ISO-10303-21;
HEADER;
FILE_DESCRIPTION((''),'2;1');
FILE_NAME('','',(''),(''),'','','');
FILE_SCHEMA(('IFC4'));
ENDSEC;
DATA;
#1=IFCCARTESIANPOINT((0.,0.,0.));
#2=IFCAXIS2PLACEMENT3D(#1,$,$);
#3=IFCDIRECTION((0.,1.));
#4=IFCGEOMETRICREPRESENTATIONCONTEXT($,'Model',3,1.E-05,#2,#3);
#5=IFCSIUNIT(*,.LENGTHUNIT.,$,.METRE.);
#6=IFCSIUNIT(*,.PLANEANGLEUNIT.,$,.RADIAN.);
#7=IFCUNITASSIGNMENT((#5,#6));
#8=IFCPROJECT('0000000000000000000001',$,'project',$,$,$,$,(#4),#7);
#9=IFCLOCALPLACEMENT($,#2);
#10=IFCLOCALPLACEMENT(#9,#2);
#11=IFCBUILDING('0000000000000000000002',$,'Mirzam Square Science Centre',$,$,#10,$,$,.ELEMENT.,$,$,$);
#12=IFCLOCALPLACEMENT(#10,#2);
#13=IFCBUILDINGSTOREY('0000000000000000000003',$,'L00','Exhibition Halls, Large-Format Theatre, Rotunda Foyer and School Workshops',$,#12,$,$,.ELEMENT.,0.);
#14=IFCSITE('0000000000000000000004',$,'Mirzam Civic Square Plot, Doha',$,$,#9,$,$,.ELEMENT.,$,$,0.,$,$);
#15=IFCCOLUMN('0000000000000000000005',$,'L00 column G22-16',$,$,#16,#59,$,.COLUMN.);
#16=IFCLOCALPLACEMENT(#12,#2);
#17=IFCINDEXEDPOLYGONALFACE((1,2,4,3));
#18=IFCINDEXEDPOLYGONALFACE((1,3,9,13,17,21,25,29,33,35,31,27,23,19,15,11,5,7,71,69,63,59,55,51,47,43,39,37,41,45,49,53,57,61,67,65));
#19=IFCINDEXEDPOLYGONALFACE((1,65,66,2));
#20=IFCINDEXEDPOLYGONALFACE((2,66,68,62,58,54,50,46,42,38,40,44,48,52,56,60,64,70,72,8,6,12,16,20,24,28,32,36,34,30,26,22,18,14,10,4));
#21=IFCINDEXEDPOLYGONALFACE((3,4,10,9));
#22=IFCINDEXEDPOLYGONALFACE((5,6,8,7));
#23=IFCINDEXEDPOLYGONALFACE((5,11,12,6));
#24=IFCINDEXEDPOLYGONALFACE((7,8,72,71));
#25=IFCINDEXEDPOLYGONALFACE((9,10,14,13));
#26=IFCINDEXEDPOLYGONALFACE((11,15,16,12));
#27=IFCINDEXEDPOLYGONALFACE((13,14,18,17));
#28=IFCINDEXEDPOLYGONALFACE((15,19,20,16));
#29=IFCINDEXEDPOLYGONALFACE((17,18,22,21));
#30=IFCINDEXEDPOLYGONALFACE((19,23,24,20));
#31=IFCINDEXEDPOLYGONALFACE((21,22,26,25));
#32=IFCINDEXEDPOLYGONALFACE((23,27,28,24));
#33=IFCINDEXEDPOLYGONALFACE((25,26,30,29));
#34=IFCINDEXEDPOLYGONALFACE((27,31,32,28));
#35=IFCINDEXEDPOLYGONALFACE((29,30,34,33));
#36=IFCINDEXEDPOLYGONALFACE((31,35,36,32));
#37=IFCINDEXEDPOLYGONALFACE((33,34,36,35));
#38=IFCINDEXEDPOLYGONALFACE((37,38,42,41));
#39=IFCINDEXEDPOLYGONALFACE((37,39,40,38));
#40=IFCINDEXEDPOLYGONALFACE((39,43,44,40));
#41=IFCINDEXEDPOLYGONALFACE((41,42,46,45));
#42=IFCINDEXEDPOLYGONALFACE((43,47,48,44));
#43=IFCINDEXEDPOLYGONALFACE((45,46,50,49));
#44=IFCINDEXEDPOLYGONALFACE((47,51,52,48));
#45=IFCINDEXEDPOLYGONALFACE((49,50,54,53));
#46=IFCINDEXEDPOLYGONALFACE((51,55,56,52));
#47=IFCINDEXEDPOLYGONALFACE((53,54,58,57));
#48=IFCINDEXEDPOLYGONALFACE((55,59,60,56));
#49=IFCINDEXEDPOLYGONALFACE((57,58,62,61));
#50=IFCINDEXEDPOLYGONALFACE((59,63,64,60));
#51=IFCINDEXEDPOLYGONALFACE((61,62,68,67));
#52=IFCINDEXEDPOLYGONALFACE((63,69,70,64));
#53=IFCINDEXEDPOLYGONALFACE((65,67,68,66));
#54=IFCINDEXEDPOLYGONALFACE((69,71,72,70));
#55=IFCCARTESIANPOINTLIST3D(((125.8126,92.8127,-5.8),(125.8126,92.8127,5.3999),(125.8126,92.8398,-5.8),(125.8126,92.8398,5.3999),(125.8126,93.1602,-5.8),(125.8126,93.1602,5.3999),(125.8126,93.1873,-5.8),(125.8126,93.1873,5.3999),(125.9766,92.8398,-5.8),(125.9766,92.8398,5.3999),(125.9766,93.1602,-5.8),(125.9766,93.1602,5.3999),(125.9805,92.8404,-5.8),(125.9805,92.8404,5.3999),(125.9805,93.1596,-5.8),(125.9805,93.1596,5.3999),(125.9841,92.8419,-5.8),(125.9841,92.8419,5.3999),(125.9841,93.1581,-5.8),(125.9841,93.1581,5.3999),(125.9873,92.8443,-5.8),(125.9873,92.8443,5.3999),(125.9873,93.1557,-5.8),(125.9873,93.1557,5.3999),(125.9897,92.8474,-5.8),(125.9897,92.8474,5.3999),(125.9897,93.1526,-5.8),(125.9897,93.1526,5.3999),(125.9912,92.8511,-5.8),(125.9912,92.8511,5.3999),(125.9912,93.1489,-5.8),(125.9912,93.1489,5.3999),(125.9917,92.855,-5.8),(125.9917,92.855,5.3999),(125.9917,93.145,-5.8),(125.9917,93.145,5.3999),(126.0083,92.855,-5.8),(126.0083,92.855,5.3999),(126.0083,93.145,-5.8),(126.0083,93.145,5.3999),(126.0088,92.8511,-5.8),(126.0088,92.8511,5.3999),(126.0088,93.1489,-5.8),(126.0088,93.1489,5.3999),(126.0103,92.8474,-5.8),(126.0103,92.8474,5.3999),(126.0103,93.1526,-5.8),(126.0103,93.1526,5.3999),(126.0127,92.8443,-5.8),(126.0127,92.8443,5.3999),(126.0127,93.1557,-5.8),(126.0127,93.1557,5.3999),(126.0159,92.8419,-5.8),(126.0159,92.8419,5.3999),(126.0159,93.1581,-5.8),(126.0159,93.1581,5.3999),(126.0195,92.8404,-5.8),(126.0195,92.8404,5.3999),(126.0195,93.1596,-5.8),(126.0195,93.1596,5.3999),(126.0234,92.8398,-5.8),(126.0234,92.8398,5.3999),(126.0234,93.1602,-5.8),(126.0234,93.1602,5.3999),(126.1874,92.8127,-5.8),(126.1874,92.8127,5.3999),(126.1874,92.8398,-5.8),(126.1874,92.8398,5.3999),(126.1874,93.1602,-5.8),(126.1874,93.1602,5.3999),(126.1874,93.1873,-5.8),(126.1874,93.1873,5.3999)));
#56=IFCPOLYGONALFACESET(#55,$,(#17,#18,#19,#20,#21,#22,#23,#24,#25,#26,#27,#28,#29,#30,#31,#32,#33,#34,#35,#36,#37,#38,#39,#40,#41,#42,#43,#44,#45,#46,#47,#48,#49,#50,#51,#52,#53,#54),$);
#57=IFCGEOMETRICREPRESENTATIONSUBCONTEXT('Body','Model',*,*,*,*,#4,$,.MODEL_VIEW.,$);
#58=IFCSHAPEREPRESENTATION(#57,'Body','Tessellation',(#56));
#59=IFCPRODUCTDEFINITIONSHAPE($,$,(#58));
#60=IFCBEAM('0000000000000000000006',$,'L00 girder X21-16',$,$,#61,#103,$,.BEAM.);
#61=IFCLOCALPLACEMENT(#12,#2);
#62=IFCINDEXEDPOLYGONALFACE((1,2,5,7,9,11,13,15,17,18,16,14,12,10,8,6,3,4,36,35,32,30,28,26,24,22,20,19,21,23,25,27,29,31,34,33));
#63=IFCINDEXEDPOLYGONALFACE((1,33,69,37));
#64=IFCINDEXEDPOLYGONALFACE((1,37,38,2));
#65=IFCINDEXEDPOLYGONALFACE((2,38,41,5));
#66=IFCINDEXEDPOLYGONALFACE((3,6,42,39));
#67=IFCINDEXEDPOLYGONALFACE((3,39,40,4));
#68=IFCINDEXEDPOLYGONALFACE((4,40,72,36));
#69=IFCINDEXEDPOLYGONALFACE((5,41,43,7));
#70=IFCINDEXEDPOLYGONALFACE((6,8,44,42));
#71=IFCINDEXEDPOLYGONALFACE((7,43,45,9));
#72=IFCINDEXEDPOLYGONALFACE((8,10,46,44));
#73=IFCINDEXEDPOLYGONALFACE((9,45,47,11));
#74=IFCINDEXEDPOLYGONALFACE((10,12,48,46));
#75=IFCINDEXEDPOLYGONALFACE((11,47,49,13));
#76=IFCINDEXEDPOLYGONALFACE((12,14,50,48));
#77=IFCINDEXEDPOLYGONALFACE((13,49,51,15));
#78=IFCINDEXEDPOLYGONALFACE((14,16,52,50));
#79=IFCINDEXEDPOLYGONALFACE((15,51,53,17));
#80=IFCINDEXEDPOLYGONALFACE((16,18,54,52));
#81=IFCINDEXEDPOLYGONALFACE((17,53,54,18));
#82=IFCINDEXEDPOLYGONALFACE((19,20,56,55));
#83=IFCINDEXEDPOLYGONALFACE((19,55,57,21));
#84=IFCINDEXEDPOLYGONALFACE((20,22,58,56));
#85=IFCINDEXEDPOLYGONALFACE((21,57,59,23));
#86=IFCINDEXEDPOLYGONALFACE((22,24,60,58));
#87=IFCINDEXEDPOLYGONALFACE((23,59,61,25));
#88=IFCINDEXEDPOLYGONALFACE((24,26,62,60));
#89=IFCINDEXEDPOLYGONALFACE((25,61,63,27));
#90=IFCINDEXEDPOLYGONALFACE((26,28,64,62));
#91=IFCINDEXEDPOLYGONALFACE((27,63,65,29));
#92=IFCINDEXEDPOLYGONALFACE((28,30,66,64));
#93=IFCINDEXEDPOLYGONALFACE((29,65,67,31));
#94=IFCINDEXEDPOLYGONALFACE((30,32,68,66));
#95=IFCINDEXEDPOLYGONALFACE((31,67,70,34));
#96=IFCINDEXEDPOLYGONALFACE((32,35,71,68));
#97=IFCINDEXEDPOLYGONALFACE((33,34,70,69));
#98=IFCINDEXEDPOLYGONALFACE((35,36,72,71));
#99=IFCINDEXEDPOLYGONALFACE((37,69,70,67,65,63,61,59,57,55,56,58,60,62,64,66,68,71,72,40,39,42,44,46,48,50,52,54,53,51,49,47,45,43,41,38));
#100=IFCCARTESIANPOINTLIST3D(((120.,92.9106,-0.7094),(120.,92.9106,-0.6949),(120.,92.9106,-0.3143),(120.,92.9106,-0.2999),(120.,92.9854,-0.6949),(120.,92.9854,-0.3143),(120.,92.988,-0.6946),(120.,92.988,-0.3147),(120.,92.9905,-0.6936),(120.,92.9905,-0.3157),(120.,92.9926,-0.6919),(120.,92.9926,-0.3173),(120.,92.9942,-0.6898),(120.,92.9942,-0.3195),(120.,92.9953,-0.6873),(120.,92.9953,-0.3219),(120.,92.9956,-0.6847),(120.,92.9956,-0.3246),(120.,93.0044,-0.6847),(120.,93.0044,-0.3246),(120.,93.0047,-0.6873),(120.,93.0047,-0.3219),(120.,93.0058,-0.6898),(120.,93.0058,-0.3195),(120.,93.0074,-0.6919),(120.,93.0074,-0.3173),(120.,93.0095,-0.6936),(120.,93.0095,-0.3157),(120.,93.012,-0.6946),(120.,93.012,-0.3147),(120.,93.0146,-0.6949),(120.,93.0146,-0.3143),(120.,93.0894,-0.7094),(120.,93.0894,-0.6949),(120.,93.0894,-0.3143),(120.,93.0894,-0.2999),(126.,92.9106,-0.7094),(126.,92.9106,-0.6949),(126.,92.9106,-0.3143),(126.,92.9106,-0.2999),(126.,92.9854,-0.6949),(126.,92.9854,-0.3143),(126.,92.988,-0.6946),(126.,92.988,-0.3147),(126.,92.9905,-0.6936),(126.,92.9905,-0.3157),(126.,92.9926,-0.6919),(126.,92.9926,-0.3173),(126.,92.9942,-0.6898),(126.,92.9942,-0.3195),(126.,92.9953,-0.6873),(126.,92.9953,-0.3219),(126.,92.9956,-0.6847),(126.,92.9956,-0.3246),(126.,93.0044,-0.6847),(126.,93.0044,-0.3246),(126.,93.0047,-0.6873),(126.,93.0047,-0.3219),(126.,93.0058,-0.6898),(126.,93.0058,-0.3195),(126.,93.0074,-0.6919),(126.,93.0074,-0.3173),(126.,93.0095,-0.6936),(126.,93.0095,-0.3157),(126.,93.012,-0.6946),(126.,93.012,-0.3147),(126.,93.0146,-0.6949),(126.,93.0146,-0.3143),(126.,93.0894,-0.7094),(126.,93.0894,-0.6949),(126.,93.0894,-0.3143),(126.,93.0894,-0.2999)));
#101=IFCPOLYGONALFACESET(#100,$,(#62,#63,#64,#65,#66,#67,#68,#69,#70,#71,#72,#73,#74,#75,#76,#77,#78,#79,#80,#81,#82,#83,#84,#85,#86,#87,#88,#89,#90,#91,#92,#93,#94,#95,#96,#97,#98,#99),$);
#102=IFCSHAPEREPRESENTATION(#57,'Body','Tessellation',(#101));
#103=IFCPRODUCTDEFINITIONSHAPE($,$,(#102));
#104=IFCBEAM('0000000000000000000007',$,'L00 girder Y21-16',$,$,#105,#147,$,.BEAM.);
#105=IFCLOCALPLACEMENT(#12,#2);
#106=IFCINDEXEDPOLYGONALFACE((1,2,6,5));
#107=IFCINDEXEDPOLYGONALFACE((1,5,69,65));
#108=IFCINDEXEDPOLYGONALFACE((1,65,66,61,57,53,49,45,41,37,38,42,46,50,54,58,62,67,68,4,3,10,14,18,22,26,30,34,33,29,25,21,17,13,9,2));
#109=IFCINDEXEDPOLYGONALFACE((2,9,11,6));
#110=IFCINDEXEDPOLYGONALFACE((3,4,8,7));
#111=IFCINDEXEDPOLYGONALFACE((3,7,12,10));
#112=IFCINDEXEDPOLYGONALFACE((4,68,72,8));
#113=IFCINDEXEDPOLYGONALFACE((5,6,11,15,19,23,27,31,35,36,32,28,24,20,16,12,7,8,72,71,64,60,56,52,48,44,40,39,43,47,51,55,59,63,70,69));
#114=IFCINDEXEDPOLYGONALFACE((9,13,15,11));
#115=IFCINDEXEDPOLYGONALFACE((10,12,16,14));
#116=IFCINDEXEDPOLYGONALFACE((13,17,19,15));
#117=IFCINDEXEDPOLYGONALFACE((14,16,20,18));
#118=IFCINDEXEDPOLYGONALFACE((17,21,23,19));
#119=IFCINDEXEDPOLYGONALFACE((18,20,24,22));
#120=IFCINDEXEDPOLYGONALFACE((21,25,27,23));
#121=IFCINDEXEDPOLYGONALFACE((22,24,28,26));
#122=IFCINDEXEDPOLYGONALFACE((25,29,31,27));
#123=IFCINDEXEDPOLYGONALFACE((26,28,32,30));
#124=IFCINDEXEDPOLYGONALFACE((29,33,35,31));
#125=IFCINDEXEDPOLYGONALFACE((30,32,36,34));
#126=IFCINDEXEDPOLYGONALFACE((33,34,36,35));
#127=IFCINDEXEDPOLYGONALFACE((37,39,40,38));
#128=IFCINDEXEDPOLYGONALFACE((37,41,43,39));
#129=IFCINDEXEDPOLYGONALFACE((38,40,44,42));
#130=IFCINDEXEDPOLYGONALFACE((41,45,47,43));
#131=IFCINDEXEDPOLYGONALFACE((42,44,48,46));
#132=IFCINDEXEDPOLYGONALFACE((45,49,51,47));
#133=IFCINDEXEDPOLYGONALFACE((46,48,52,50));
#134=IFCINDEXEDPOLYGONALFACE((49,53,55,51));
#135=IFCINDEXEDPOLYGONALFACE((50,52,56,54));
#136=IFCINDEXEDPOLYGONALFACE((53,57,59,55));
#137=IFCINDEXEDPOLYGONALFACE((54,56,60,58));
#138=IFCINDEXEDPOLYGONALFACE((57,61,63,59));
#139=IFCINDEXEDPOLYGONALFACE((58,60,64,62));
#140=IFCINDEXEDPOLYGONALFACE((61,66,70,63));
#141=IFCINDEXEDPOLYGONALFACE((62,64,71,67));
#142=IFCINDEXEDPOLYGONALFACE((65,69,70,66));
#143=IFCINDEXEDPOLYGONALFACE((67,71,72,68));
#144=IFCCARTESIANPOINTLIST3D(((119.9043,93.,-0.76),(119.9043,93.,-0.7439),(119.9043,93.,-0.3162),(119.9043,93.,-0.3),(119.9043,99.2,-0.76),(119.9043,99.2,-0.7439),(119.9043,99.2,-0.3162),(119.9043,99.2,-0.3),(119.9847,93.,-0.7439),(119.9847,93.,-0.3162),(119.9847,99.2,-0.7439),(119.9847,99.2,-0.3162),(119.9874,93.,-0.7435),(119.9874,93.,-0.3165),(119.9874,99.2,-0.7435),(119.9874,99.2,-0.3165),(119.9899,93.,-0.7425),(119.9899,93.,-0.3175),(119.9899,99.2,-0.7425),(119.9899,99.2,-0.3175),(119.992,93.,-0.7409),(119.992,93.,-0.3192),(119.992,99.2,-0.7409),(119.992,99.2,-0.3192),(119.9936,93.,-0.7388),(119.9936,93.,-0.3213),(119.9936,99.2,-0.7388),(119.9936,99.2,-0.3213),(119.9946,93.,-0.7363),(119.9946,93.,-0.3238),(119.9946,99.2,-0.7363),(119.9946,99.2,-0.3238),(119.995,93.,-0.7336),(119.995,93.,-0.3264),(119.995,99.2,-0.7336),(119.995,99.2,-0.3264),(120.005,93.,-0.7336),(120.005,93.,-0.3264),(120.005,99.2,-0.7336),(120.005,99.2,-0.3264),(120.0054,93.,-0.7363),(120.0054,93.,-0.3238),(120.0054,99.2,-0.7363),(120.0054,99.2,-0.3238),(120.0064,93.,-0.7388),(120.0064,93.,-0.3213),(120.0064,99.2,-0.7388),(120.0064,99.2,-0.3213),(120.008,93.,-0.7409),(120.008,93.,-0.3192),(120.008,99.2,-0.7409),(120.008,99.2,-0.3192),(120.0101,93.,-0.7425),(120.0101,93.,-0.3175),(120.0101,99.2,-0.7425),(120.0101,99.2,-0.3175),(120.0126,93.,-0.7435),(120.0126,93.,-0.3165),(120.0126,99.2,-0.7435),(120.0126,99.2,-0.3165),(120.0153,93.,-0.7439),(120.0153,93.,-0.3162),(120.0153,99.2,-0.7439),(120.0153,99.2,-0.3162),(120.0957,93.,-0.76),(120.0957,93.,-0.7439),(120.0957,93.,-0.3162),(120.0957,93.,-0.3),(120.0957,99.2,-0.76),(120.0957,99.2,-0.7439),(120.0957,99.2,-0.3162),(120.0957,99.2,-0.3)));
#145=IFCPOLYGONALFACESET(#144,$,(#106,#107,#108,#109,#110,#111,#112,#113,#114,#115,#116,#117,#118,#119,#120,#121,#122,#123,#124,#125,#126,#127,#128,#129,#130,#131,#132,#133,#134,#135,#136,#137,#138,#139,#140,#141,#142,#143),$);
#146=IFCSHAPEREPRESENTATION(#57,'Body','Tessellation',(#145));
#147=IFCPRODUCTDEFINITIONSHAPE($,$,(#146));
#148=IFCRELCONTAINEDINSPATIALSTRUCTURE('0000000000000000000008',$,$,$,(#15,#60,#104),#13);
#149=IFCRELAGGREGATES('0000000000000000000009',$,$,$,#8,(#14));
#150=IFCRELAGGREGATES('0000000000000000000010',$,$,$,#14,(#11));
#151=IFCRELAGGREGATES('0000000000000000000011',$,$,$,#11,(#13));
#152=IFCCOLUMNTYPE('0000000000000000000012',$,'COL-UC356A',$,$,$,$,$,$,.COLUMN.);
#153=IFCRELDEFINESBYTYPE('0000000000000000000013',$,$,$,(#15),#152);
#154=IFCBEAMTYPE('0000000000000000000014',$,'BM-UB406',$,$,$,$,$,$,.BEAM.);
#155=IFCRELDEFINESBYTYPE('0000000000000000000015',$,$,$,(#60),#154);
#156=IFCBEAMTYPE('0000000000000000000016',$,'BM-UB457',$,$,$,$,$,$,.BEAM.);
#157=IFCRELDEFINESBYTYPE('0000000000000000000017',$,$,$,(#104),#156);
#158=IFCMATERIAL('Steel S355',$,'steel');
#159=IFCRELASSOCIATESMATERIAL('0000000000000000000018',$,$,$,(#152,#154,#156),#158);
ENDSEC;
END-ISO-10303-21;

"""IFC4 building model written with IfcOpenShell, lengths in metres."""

from ifc_helpers import new_model, si_unit, direction, frame, origin, origin_2d, place, context, subcontext, project, spatial, i_section, extrude, material, material_profile, profile_set, type_object, element, save


model = new_model("IFC4")

# Units and contexts
model_context = context("Model", 3, precision=1e-05, world=origin(), true_north=direction((0.0, 1.0)))
body_context = subcontext(model_context, "Body", "Model", "MODEL_VIEW")
ifc_project = project(units=[si_unit("LENGTHUNIT", "METRE"), si_unit("PLANEANGLEUNIT", "RADIAN")], contexts=[model_context])

# Site, building, storey
site_placement = place(None, origin())
site = spatial("IfcSite", under=ifc_project, at=site_placement, Name="Mirzam Civic Square Plot, Doha", CompositionType="ELEMENT", RefElevation=0.0)
building_placement = place(site_placement, origin())
building = spatial("IfcBuilding", under=site, at=building_placement, Name="Mirzam Square Science Centre", CompositionType="ELEMENT")
storey_placement = place(building_placement, origin())
storey = spatial("IfcBuildingStorey", under=building, at=storey_placement, Name="L00", Description="Exhibition Halls, Large-Format Theatre, Rotunda Foyer and School Workshops", CompositionType="ELEMENT", Elevation=0.0)

# Column
ifc_material_1 = material(Name="Steel S355", Category="steel")
ifc_material_profile_1 = material_profile(ifc_material_1, i_section(OverallWidth=0.3748, OverallDepth=0.3745, WebThickness=0.0166, FlangeThickness=0.0271, FilletRadius=0.0151, at=origin_2d()), Name="356x368x202UC")
ifc_profile_set_1 = profile_set([ifc_material_profile_1], Name="Steel S355")
column_type_1 = type_object("IfcColumnType", Name="COL-UC356A", PredefinedType="COLUMN", material=ifc_profile_set_1)
for number, where, z_axis, x_axis, name in (
    (1, (126.0, 93.0, -5.8), (0.0, 0.0, 1.0), (1.0, 0.0, 0.0), "L00 column G22-16"),
):
    element("IfcColumn", number, at=place(storey_placement, frame(where, z_axis=z_axis, x_axis=x_axis)), inside=storey, type_object=column_type_1, Name=name, PredefinedType="COLUMN", context=body_context, shape_type="SweptSolid", body=[
        extrude(i_section(OverallWidth=0.3748, OverallDepth=0.3745, WebThickness=0.0166, FlangeThickness=0.0271, FilletRadius=0.0151, at=origin_2d()), origin(), (0.0, 0.0, 1.0), 11.2),
    ])

# Beams
ifc_material_profile_2 = material_profile(ifc_material_1, i_section(OverallWidth=0.1787, OverallDepth=0.4094, WebThickness=0.0088, FlangeThickness=0.0144, FilletRadius=0.0103, at=origin_2d()), Name="406x178x67UB")
ifc_profile_set_2 = profile_set([ifc_material_profile_2], Name="Steel S355")
beam_type_1 = type_object("IfcBeamType", Name="BM-UB406", PredefinedType="BEAM", material=ifc_profile_set_2)
beam_1_placement = place(storey_placement, frame((120.0, 93.0, -0.5046), z_axis=(1.0, 0.0, 0.0), x_axis=(0.0, 1.0, 0.0)))
element("IfcBeam", 2, at=beam_1_placement, inside=storey, type_object=beam_type_1, Name="L00 girder X21-16", PredefinedType="BEAM", context=body_context, shape_type="SweptSolid", body=[
    extrude(i_section(OverallWidth=0.1787, OverallDepth=0.4094, WebThickness=0.0088, FlangeThickness=0.0144, FilletRadius=0.0103, at=origin_2d()), origin(), (0.0, 0.0, 1.0), 6.0),
])
ifc_material_profile_3 = material_profile(ifc_material_1, i_section(OverallWidth=0.1914, OverallDepth=0.46, WebThickness=0.01, FlangeThickness=0.0161, FilletRadius=0.0103, at=origin_2d()), Name="457x191x82UB")
ifc_profile_set_3 = profile_set([ifc_material_profile_3], Name="Steel S355")
beam_type_2 = type_object("IfcBeamType", Name="BM-UB457", PredefinedType="BEAM", material=ifc_profile_set_3)
beam_2_placement = place(storey_placement, frame((120.0, 93.0, -0.53), z_axis=(0.0, 1.0, 0.0), x_axis=(-1.0, 0.0, 0.0)))
element("IfcBeam", 3, at=beam_2_placement, inside=storey, type_object=beam_type_2, Name="L00 girder Y21-16", PredefinedType="BEAM", context=body_context, shape_type="SweptSolid", body=[
    extrude(i_section(OverallWidth=0.1914, OverallDepth=0.46, WebThickness=0.01, FlangeThickness=0.0161, FilletRadius=0.0103, at=origin_2d()), origin(), (0.0, 0.0, 1.0), 6.2),
])

save(model, "model.ifc")
